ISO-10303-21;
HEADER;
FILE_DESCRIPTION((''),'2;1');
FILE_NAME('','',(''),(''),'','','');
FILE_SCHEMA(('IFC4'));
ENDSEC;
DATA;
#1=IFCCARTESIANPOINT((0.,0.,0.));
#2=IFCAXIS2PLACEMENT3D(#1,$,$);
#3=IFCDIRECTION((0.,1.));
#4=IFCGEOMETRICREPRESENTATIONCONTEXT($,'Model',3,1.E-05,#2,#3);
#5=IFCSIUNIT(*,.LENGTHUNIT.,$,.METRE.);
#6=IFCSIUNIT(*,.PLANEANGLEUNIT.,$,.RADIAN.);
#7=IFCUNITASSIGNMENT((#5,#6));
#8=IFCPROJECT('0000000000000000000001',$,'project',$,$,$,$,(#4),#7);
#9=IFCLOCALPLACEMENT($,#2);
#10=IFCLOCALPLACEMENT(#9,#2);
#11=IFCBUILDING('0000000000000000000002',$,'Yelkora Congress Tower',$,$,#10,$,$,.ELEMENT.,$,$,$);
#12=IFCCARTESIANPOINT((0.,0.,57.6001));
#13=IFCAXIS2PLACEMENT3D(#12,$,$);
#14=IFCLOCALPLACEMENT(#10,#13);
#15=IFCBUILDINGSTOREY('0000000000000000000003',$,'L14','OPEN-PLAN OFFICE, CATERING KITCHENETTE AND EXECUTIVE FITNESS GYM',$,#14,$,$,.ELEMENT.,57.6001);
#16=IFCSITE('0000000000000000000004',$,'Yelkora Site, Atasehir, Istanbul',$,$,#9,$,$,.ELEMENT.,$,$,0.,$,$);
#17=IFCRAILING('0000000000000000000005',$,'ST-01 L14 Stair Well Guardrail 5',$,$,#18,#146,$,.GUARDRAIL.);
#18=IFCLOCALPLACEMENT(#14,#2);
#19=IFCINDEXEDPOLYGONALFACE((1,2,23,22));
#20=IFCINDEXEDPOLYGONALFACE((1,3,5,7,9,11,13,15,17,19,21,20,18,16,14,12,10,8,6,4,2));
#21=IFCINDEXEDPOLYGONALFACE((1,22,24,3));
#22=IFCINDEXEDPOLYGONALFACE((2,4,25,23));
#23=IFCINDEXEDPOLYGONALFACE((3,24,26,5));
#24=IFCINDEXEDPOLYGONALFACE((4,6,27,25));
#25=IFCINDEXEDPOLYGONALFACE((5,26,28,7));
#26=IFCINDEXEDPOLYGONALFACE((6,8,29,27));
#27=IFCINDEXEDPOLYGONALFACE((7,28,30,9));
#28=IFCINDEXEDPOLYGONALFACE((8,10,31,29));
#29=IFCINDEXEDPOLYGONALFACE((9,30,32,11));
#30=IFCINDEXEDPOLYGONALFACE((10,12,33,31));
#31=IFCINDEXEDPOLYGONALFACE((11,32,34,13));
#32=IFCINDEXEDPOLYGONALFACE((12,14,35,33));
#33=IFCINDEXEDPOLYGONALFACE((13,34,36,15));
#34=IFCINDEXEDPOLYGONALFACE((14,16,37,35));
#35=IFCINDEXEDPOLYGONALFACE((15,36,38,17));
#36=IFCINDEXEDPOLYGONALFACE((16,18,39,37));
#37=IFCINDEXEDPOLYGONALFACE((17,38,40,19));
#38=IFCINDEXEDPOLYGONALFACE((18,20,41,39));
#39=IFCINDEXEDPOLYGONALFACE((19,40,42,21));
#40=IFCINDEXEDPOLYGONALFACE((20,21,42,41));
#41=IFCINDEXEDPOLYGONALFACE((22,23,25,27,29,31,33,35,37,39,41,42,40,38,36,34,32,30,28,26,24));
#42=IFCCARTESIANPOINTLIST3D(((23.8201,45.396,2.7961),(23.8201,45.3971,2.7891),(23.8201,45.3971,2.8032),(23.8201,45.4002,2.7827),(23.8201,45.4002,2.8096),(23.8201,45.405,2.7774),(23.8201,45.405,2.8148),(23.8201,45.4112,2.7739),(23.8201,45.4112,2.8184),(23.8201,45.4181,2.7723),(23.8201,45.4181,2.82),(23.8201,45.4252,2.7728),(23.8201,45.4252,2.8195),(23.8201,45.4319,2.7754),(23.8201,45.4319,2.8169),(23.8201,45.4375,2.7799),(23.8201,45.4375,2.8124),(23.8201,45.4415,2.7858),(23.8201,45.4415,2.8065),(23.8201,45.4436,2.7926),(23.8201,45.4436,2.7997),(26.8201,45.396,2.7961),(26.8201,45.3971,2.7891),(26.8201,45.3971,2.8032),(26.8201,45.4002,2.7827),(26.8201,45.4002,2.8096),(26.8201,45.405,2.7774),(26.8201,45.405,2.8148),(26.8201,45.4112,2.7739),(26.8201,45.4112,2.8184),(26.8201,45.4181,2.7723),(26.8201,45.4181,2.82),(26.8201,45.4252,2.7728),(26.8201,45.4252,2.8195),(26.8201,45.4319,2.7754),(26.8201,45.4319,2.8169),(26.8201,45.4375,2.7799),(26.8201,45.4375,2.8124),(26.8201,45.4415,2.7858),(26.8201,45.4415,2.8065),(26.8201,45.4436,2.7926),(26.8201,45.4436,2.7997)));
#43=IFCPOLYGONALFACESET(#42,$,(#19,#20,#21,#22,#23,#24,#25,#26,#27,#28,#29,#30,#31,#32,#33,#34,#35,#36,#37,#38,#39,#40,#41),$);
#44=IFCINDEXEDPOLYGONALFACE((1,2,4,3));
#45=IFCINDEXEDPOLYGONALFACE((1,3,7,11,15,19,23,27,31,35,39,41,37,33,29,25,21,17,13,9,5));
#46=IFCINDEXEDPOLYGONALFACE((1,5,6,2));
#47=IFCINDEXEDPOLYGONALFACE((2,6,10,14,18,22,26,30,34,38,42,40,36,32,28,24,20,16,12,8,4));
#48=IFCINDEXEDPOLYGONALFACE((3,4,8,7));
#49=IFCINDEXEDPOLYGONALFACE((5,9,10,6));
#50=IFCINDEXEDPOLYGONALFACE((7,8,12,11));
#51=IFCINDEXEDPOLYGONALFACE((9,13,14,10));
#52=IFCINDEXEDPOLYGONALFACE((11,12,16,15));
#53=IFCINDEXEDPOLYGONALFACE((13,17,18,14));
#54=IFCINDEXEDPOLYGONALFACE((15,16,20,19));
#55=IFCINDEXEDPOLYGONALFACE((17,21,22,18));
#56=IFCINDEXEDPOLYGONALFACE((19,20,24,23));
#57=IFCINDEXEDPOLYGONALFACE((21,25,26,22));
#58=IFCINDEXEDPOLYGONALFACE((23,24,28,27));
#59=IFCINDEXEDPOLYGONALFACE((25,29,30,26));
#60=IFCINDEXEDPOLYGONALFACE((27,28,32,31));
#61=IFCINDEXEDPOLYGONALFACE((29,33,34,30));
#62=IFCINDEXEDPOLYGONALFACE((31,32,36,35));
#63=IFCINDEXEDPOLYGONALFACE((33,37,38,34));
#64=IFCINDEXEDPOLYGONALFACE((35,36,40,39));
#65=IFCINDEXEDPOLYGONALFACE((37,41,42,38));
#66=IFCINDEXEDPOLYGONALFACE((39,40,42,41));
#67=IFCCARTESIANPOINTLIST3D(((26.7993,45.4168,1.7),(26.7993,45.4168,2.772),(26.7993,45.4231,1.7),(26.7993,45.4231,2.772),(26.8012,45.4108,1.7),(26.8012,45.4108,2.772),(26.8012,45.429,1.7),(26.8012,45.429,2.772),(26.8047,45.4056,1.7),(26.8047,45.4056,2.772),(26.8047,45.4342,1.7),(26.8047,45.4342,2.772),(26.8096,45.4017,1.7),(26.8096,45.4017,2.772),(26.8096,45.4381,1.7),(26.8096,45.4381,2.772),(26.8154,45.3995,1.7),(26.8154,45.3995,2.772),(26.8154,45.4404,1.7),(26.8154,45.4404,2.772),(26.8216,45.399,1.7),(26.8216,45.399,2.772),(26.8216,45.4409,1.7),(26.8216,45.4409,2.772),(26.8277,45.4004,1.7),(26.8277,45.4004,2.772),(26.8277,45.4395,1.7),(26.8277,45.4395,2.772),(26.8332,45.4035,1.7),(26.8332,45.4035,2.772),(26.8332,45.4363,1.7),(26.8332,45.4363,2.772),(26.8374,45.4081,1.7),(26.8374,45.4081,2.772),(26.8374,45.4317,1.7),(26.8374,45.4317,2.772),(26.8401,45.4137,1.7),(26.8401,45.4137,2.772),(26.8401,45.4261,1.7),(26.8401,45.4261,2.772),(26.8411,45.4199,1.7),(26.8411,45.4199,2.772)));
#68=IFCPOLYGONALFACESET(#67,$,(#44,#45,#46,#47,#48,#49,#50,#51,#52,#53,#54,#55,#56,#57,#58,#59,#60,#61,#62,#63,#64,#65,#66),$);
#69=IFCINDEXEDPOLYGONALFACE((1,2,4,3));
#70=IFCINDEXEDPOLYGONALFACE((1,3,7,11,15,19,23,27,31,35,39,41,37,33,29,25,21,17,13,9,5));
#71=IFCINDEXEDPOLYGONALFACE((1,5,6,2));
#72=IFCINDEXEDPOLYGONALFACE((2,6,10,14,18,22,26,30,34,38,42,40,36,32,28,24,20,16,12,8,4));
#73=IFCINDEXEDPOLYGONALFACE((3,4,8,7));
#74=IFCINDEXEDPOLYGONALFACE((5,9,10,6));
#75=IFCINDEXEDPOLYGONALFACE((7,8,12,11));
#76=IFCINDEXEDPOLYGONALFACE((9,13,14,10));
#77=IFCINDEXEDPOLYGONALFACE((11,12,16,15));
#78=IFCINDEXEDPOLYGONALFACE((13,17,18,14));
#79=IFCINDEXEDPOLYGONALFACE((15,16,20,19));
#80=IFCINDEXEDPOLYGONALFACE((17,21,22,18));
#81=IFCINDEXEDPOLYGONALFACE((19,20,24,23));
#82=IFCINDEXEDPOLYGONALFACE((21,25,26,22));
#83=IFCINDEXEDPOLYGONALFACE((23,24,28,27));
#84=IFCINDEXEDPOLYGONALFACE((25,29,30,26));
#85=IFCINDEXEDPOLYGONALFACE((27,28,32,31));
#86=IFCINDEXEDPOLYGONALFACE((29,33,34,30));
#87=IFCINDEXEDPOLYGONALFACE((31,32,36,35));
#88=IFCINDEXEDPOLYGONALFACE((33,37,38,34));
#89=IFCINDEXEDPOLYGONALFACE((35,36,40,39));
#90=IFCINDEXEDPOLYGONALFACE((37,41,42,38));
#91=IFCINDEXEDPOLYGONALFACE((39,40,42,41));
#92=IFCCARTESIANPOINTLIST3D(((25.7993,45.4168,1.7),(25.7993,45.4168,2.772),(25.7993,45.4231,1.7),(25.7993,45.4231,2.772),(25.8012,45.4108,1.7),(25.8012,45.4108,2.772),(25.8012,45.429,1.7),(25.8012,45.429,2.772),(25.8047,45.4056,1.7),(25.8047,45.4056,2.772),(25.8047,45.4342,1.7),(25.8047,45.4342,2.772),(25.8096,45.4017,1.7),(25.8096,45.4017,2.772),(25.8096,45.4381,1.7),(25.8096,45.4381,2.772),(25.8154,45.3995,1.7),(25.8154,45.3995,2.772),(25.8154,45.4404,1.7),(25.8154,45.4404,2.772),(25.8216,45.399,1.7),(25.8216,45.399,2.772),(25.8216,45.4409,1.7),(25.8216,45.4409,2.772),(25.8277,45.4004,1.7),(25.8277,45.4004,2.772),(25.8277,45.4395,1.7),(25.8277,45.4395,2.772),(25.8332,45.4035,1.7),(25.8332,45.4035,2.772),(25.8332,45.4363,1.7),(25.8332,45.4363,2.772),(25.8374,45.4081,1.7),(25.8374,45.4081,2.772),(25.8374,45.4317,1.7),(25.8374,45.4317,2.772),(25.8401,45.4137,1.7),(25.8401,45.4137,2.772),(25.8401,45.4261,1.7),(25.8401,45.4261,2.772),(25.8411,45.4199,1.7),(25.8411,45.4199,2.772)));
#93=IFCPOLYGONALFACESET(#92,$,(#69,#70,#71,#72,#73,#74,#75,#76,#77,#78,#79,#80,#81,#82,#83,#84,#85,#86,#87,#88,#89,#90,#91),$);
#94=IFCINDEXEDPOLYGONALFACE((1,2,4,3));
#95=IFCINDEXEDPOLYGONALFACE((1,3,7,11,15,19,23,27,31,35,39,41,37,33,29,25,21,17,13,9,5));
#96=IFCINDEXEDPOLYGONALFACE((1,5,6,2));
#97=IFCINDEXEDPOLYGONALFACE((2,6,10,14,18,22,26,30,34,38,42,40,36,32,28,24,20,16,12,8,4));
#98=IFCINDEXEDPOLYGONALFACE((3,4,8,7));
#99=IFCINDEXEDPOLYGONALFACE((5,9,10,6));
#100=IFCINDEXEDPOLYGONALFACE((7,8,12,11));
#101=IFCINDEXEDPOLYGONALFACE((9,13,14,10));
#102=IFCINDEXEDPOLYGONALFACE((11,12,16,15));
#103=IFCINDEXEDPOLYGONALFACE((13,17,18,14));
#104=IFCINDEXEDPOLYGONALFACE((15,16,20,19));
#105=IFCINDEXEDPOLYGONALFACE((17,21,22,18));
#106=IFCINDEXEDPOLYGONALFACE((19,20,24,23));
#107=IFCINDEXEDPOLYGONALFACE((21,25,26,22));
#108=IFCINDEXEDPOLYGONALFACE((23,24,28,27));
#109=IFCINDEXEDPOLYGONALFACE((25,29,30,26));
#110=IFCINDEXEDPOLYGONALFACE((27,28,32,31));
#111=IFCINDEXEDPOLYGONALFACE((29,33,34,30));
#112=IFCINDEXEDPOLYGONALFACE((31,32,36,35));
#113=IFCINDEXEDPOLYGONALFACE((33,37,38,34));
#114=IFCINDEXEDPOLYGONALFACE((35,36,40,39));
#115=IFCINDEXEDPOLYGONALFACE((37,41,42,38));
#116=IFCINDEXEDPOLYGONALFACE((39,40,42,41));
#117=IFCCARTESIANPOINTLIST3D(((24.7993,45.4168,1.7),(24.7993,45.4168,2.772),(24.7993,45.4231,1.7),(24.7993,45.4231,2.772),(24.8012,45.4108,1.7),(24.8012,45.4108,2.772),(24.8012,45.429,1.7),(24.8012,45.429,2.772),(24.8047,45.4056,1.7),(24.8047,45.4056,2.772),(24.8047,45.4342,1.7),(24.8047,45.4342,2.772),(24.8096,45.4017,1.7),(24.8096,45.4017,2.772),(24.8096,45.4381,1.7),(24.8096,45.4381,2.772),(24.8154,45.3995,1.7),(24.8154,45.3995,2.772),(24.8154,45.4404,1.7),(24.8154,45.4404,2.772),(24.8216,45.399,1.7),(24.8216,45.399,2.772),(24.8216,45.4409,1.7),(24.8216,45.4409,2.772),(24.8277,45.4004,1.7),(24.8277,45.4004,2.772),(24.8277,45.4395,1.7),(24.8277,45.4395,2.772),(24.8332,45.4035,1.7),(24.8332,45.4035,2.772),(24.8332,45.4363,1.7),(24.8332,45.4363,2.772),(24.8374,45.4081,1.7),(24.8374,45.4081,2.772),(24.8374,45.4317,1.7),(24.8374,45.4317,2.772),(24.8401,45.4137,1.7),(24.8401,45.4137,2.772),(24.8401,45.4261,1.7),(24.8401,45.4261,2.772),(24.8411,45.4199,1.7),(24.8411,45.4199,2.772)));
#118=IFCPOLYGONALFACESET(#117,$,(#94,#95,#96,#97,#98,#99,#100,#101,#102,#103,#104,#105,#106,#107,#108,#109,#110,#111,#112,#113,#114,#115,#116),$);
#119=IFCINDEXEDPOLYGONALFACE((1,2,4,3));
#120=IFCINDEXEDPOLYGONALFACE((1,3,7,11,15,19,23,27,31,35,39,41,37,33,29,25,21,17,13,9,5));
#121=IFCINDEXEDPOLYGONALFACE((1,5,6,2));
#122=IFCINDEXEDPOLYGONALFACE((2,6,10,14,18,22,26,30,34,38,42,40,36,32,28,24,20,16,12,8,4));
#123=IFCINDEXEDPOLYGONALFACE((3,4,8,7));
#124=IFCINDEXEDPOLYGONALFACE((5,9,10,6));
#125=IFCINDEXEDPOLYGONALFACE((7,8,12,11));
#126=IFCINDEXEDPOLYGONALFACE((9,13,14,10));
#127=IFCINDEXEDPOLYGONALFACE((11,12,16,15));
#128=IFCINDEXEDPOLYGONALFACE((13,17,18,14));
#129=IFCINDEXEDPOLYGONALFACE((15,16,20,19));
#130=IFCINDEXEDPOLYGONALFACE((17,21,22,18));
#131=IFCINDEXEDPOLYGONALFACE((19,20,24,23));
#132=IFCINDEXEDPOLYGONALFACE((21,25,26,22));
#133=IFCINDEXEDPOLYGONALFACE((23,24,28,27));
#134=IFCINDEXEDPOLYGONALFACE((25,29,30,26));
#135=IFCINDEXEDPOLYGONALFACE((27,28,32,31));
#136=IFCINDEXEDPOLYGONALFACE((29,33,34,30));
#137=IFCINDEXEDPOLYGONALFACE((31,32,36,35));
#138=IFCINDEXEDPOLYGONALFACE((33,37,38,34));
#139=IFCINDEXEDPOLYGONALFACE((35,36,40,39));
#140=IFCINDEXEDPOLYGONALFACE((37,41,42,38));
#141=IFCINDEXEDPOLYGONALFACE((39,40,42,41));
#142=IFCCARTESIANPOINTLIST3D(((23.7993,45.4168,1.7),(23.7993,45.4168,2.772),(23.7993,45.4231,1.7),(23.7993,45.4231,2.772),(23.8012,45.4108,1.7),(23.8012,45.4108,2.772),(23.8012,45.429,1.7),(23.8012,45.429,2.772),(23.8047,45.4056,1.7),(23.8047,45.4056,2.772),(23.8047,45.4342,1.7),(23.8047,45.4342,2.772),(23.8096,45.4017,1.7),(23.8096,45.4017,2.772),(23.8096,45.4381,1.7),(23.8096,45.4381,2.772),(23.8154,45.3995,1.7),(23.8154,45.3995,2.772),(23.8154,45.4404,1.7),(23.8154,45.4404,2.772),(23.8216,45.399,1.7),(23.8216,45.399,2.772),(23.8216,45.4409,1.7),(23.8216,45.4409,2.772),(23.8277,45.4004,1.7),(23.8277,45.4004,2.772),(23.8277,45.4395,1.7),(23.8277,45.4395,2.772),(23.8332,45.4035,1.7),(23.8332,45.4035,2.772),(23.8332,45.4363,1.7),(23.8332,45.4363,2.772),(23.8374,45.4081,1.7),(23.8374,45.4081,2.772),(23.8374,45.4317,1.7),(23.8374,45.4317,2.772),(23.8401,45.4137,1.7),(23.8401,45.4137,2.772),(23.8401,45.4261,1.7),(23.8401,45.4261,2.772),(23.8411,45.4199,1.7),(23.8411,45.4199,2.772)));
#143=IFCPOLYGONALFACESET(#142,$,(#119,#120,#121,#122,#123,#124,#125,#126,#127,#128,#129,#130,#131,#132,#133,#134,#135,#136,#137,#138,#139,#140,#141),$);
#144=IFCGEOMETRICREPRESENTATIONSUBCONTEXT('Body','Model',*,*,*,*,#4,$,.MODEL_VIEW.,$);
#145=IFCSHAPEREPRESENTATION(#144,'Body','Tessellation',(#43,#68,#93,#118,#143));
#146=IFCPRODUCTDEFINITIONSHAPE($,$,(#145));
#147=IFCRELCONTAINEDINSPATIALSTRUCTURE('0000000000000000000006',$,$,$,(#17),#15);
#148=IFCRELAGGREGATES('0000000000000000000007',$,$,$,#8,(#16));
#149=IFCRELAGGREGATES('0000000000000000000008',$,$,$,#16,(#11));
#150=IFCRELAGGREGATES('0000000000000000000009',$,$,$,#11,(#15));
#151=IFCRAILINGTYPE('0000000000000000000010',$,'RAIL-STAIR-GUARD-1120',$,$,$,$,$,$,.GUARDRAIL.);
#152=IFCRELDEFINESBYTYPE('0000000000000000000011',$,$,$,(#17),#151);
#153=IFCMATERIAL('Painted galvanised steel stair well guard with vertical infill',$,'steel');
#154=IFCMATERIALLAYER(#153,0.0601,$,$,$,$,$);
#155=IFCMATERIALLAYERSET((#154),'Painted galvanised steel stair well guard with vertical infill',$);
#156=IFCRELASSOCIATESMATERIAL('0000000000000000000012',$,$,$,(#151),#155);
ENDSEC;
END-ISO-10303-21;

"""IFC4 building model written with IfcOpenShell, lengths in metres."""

from ifc_helpers import new_model, si_unit, direction, frame, origin, origin_2d, place, context, subcontext, project, spatial, circle, extrude, material, layer, layer_set, type_object, element, save


model = new_model("IFC4")

# Units and contexts
model_context = context("Model", 3, precision=1e-05, world=origin(), true_north=direction((0.0, 1.0)))
body_context = subcontext(model_context, "Body", "Model", "MODEL_VIEW")
ifc_project = project(units=[si_unit("LENGTHUNIT", "METRE"), si_unit("PLANEANGLEUNIT", "RADIAN")], contexts=[model_context])

# Site, building, storey
site_placement = place(None, origin())
site = spatial("IfcSite", under=ifc_project, at=site_placement, Name="Yelkora Site, Atasehir, Istanbul", CompositionType="ELEMENT", RefElevation=0.0)
building_placement = place(site_placement, origin())
building = spatial("IfcBuilding", under=site, at=building_placement, Name="Yelkora Congress Tower", CompositionType="ELEMENT")
storey_placement = place(building_placement, frame((0.0, 0.0, 57.6001)))
storey = spatial("IfcBuildingStorey", under=building, at=storey_placement, Name="L14", Description="OPEN-PLAN OFFICE, CATERING KITCHENETTE AND EXECUTIVE FITNESS GYM", CompositionType="ELEMENT", Elevation=57.6001)

# Railing
ifc_material_1 = material(Name="Painted galvanised steel stair well guard with vertical infill", Category="steel")
ifc_layer_1 = layer(ifc_material_1, 0.0601)
ifc_layer_set_1 = layer_set([ifc_layer_1], Name="Painted galvanised steel stair well guard with vertical infill")
railing_type_1 = type_object("IfcRailingType", Name="RAIL-STAIR-GUARD-1120", PredefinedType="GUARDRAIL", material=ifc_layer_set_1)
railing_1_placement = place(storey_placement, frame((26.8201, 45.4199, 1.7)))
element("IfcRailing", 1, at=railing_1_placement, inside=storey, type_object=railing_type_1, Name="ST-01 L14 Stair Well Guardrail 5", PredefinedType="GUARDRAIL", context=body_context, shape_type="SweptSolid", body=[
    extrude(circle(Radius=0.0239, at=origin_2d()), frame((0.0, 0.0, 1.0962), z_axis=(-1.0, 0.0, 0.0), x_axis=(0.0, -1.0, 0.0)), (0.0, 0.0, 1.0), 3.0),
    extrude(circle(Radius=0.021, at=origin_2d()), origin(), (0.0, 0.0, 1.0), 1.072),
    extrude(circle(Radius=0.021, at=origin_2d()), frame((-1.0, 0.0, 0.0)), (0.0, 0.0, 1.0), 1.072),
    extrude(circle(Radius=0.021, at=origin_2d()), frame((-2.0, 0.0, 0.0)), (0.0, 0.0, 1.0), 1.072),
    extrude(circle(Radius=0.021, at=origin_2d()), frame((-3.0, 0.0, 0.0)), (0.0, 0.0, 1.0), 1.072),
])

save(model, "model.ifc")
